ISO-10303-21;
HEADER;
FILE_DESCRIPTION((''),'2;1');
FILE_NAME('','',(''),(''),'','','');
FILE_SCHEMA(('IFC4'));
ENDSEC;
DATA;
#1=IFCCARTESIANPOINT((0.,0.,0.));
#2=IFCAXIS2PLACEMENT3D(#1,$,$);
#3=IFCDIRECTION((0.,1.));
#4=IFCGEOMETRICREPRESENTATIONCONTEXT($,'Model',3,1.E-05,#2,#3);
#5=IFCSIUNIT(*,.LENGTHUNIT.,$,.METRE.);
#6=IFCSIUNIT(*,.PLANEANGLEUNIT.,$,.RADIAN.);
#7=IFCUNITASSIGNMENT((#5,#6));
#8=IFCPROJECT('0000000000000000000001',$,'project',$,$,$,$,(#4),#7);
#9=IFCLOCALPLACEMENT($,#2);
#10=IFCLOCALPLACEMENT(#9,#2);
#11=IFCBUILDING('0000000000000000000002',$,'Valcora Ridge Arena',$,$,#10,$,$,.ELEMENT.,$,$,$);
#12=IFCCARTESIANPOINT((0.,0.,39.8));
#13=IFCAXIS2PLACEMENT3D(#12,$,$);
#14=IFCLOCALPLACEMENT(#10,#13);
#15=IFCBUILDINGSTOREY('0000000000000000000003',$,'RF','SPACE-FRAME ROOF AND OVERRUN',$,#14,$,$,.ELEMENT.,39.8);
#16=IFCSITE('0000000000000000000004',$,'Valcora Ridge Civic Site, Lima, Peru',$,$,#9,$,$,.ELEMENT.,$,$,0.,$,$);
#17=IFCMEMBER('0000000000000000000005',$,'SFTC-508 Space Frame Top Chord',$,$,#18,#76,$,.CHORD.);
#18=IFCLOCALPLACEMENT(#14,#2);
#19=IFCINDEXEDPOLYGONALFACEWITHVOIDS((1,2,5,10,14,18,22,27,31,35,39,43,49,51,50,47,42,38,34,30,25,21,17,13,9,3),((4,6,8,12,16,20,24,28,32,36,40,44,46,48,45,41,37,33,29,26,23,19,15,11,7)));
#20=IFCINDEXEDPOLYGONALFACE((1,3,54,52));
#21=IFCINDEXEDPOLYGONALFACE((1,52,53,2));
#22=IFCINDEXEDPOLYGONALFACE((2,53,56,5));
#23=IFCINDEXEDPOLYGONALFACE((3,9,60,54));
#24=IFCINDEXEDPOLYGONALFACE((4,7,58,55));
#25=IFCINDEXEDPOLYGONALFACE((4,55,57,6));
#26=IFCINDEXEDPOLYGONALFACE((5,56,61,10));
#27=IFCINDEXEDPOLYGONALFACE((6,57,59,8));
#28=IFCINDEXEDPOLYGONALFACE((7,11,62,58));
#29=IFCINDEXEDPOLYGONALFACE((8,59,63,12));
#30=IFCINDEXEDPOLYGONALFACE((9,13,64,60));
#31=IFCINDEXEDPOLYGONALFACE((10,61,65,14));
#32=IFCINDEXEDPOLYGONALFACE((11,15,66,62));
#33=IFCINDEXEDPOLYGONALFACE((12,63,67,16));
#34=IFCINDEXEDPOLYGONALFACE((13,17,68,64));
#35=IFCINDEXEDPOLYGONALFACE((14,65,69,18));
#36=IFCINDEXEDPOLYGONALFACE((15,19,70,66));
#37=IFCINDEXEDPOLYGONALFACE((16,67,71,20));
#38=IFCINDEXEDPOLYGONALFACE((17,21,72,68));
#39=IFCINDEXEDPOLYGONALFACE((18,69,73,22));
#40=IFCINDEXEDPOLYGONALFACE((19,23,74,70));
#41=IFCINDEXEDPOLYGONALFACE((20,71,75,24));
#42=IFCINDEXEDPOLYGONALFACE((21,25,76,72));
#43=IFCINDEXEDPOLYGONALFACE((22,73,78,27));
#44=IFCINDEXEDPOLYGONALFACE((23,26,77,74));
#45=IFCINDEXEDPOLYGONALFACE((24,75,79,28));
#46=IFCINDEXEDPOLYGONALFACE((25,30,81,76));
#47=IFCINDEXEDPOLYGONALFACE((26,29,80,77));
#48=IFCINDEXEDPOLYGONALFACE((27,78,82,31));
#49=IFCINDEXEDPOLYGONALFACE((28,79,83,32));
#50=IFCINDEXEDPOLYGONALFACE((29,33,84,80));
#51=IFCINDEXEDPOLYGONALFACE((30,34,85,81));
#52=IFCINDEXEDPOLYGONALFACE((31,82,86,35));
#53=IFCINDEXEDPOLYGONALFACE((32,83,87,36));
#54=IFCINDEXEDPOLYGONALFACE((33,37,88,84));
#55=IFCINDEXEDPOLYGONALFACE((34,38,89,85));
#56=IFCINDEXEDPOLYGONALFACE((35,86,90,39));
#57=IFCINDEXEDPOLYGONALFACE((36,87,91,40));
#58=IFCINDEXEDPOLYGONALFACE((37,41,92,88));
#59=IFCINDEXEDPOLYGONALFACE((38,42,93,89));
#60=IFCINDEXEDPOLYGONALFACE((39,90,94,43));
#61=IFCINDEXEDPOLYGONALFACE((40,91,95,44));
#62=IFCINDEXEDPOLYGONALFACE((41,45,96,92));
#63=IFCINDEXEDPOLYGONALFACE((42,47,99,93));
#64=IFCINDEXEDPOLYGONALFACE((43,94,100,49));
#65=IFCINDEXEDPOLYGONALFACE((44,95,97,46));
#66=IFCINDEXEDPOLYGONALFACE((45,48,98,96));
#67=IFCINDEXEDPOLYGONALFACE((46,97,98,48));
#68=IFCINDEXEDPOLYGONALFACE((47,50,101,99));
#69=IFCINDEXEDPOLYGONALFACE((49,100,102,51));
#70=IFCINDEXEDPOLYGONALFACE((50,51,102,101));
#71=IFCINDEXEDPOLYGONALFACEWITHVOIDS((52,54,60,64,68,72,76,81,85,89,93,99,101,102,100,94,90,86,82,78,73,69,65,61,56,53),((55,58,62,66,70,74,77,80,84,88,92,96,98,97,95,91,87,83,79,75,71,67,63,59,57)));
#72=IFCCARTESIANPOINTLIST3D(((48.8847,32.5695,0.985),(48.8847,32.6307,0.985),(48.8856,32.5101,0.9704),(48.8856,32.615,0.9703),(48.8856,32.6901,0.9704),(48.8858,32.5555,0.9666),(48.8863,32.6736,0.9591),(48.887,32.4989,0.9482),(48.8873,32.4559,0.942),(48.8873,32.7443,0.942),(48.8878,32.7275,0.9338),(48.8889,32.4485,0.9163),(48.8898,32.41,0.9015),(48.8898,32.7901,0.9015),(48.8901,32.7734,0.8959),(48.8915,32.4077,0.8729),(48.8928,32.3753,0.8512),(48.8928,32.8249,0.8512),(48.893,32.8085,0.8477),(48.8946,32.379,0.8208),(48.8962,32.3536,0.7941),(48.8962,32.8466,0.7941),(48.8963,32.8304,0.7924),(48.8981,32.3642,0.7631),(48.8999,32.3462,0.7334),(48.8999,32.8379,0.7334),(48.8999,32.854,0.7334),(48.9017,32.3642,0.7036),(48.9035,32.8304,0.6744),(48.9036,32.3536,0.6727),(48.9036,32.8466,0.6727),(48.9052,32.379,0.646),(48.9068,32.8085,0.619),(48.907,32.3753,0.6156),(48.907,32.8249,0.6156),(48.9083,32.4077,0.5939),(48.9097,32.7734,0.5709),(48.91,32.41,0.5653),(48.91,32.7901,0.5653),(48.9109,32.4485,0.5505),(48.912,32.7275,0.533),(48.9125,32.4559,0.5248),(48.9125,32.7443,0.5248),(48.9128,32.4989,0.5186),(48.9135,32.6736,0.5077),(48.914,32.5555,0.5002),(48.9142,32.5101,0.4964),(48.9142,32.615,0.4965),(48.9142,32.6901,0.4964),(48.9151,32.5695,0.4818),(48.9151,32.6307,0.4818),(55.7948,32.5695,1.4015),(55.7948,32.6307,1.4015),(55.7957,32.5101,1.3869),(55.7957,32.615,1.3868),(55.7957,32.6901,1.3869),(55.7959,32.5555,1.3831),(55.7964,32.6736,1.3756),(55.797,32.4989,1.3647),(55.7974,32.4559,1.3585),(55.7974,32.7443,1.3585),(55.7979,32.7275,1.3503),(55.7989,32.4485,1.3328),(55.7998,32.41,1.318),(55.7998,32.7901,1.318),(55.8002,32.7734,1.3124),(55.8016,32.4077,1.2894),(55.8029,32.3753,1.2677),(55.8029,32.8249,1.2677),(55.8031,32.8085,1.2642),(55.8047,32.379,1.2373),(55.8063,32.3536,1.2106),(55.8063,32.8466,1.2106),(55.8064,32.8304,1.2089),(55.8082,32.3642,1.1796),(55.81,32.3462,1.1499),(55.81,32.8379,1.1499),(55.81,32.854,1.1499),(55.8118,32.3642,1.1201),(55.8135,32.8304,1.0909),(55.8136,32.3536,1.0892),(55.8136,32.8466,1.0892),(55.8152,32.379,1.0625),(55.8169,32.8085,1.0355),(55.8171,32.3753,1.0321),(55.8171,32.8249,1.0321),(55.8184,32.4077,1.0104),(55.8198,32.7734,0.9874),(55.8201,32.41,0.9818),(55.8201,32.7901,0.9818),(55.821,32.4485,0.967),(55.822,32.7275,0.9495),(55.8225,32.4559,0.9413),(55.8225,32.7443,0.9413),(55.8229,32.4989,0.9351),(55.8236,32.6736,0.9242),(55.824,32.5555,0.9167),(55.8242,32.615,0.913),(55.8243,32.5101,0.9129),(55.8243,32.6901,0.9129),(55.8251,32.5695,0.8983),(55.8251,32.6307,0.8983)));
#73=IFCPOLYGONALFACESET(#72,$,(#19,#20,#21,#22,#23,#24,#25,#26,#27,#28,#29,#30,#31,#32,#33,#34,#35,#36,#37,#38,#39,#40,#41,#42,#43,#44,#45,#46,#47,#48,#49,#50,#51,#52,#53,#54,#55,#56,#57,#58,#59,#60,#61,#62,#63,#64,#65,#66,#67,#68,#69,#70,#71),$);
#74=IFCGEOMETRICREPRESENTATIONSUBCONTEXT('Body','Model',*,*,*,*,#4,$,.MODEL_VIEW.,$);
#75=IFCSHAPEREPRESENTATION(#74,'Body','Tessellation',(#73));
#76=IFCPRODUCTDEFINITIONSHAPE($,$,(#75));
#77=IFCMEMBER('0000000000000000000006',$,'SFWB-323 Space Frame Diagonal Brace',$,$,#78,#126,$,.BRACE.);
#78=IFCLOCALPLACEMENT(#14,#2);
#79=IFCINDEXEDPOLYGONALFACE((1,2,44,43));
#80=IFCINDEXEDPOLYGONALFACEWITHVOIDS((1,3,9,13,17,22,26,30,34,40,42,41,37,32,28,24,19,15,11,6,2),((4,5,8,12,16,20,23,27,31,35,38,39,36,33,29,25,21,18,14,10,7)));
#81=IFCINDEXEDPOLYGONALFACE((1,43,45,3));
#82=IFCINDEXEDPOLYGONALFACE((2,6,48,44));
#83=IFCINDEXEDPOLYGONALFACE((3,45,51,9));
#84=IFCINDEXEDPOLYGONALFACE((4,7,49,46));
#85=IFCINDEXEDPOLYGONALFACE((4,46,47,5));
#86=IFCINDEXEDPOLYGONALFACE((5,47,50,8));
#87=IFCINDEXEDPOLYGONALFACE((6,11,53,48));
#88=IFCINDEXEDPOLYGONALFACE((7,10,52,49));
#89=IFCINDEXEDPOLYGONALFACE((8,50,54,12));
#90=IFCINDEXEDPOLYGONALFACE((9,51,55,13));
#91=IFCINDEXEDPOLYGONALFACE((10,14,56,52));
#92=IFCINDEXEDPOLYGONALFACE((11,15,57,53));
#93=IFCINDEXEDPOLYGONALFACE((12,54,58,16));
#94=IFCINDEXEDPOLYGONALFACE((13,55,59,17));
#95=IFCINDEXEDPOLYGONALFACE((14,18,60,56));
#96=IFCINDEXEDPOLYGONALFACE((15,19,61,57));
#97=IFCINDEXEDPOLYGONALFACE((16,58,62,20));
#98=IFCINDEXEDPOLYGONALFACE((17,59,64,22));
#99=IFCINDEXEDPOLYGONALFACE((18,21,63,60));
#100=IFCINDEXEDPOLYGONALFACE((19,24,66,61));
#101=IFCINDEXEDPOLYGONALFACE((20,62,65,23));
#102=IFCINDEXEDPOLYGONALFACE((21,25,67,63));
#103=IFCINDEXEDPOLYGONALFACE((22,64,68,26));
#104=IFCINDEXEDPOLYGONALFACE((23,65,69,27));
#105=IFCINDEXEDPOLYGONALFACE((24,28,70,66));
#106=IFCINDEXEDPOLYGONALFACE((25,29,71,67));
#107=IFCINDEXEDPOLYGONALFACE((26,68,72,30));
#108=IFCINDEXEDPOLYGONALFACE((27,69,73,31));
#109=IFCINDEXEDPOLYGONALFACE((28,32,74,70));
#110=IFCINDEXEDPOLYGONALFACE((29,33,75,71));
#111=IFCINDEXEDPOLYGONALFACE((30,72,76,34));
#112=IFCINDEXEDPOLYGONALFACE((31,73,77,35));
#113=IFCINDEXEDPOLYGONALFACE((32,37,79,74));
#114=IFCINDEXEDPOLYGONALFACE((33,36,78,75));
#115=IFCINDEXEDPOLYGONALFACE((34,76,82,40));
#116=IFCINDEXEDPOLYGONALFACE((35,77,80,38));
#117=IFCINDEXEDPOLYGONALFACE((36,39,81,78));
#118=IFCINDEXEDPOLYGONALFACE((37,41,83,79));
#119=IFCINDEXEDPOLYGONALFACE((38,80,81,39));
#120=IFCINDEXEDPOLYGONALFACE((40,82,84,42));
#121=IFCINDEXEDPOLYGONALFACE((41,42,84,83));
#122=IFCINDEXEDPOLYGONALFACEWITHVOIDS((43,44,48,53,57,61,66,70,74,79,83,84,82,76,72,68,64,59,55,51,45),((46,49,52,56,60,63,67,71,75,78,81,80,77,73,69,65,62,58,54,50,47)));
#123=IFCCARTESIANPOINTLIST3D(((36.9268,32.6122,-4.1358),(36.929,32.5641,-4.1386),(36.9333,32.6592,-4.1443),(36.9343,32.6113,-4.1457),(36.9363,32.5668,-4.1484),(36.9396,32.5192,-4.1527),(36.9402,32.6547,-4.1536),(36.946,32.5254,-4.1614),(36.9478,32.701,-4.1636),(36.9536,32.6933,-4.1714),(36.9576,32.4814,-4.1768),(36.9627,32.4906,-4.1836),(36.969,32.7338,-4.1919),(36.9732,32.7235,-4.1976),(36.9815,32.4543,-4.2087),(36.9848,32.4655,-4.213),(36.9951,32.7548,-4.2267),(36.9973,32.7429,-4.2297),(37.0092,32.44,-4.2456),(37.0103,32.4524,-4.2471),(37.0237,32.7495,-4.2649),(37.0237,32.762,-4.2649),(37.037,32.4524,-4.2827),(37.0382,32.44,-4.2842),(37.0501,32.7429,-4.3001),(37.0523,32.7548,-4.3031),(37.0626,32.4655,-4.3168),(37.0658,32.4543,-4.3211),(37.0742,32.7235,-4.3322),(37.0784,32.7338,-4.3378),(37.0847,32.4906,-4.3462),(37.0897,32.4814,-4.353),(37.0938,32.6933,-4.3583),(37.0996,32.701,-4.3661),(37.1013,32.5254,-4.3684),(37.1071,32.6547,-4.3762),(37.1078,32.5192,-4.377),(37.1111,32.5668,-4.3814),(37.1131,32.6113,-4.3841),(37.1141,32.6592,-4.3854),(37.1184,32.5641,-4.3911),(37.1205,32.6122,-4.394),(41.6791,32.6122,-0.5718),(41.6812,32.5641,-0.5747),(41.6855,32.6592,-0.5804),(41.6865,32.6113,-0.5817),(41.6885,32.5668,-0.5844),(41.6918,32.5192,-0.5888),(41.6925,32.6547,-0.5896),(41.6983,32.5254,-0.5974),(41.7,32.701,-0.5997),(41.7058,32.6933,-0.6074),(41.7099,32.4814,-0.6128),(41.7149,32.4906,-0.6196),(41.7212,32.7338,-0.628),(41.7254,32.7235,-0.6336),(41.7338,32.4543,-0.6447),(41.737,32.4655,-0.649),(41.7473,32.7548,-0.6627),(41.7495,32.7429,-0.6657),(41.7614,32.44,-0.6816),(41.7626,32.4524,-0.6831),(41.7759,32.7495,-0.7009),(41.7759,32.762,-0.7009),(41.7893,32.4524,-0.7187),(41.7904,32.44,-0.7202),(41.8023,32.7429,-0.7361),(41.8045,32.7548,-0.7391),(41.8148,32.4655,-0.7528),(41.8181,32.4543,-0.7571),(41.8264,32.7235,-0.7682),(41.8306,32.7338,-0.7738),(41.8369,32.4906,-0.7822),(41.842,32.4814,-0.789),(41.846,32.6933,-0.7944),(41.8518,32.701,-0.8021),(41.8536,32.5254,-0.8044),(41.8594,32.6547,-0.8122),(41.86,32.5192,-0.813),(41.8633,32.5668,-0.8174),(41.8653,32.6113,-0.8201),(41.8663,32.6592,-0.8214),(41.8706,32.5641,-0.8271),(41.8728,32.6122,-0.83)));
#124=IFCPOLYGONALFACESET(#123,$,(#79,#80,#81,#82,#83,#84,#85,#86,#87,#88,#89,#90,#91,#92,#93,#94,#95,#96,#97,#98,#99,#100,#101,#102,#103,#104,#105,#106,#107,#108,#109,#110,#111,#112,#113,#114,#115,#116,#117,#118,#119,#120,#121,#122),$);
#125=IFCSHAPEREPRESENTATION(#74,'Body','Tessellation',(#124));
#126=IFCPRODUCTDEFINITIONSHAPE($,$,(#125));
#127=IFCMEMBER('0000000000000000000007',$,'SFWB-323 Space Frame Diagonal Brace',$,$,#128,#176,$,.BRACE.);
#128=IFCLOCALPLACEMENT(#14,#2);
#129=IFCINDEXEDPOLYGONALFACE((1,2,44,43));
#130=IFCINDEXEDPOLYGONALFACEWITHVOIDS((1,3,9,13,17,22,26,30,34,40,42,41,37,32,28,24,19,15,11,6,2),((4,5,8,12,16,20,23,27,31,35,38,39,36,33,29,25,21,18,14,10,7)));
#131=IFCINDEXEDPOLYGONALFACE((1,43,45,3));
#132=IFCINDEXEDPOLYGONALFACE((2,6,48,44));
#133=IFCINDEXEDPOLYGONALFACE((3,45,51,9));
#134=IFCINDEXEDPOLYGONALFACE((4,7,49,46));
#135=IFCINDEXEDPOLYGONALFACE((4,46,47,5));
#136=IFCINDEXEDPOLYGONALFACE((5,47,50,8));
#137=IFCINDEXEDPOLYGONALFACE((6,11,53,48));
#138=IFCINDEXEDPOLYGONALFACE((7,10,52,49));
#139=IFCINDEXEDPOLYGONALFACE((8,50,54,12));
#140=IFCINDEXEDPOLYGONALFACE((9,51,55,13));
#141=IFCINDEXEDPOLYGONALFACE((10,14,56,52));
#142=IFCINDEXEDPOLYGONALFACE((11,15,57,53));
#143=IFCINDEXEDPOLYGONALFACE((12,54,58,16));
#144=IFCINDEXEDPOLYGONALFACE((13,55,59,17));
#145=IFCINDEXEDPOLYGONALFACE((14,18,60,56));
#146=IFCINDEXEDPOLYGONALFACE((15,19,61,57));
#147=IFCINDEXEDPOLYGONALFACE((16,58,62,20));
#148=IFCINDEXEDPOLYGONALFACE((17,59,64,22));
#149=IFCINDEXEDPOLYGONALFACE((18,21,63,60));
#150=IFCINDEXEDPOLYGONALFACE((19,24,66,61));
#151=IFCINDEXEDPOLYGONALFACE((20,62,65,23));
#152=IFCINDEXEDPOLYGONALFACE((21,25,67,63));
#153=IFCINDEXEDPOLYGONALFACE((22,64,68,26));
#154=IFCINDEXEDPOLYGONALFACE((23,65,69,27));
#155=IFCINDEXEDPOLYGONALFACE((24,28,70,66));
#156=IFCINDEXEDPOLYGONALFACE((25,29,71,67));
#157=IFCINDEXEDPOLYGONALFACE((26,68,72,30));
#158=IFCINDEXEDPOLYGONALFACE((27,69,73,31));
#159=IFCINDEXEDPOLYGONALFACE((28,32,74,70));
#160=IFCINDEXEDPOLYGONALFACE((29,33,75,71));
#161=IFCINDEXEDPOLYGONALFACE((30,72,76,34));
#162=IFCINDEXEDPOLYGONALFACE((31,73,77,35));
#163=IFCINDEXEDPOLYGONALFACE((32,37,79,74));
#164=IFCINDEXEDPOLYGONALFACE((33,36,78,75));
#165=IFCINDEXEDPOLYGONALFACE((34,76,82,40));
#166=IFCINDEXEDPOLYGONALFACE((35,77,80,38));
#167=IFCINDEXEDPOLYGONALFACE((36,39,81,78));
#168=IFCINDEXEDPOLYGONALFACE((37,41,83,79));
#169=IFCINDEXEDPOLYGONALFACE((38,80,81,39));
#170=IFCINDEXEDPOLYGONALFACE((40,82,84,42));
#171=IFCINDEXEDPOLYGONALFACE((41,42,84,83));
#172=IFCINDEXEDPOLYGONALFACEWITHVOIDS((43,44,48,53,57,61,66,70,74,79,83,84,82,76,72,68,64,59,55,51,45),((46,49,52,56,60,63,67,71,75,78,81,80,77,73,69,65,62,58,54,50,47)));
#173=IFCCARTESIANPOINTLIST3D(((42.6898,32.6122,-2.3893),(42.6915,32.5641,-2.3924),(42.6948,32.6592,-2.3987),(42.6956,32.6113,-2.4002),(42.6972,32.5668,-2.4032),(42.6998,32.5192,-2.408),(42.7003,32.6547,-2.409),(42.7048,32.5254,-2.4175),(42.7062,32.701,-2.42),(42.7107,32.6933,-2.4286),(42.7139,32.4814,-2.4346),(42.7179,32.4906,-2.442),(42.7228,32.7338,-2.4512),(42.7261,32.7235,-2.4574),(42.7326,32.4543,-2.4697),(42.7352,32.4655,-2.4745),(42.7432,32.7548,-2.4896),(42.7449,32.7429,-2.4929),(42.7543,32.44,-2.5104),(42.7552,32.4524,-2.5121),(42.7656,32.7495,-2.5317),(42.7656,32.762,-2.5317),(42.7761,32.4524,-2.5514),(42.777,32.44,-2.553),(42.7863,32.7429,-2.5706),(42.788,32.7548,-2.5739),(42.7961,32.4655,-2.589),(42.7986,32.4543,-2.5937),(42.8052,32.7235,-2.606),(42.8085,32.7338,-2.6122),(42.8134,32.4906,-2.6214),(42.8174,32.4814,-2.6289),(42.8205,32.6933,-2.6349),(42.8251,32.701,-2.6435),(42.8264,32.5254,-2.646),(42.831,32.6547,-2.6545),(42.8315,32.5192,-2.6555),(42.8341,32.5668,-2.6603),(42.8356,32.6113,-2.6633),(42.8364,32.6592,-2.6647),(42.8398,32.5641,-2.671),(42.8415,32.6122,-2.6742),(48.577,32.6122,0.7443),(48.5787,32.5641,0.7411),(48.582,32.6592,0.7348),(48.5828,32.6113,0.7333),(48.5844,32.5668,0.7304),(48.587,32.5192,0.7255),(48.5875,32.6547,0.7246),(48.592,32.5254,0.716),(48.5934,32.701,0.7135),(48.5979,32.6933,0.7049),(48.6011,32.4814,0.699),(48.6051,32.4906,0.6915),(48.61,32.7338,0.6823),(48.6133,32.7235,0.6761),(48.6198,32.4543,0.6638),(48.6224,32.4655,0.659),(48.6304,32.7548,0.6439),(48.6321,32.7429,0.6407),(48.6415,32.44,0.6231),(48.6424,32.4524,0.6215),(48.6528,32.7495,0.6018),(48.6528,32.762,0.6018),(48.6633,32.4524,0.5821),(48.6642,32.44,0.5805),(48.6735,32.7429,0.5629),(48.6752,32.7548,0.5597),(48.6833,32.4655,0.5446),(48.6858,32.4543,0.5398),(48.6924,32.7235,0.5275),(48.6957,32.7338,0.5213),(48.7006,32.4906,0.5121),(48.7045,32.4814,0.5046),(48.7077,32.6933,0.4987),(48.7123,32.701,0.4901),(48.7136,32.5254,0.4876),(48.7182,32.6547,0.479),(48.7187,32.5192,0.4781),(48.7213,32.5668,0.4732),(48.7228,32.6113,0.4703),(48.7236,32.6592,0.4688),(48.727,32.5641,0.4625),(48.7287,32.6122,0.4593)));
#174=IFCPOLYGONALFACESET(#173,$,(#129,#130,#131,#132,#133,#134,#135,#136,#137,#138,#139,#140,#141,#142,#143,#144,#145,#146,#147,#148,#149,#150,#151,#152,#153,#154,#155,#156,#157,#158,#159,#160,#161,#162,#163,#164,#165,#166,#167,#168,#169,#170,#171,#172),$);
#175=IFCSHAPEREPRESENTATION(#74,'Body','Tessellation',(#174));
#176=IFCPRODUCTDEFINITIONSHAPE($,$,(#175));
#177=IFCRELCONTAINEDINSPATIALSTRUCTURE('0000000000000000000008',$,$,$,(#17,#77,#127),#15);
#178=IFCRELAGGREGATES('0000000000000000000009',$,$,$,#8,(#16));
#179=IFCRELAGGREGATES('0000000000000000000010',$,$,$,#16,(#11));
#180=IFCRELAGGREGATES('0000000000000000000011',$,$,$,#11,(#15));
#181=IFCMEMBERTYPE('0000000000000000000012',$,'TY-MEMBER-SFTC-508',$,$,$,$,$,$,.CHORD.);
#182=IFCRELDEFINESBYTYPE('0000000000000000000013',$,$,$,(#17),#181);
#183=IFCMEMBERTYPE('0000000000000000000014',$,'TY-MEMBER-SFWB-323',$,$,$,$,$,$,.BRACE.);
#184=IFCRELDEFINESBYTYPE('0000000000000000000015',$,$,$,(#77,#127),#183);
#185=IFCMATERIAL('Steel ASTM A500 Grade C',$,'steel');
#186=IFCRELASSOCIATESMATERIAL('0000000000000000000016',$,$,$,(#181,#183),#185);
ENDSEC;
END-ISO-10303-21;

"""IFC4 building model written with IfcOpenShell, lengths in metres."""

from ifc_helpers import new_model, si_unit, direction, frame, origin, origin_2d, place, context, subcontext, project, spatial, hollow_circle, extrude, material, material_profile, profile_set, type_object, element, save


model = new_model("IFC4")

# Units and contexts
model_context = context("Model", 3, precision=1e-05, world=origin(), true_north=direction((0.0, 1.0)))
body_context = subcontext(model_context, "Body", "Model", "MODEL_VIEW")
ifc_project = project(units=[si_unit("LENGTHUNIT", "METRE"), si_unit("PLANEANGLEUNIT", "RADIAN")], contexts=[model_context])

# Site, building, storey
site_placement = place(None, origin())
site = spatial("IfcSite", under=ifc_project, at=site_placement, Name="Valcora Ridge Civic Site, Lima, Peru", CompositionType="ELEMENT", RefElevation=0.0)
building_placement = place(site_placement, origin())
building = spatial("IfcBuilding", under=site, at=building_placement, Name="Valcora Ridge Arena", CompositionType="ELEMENT")
storey_placement = place(building_placement, frame((0.0, 0.0, 39.8)))
storey = spatial("IfcBuildingStorey", under=building, at=storey_placement, Name="RF", Description="SPACE-FRAME ROOF AND OVERRUN", CompositionType="ELEMENT", Elevation=39.8)

# Members
ifc_material_1 = material(Name="Steel ASTM A500 Grade C", Category="steel")
ifc_material_profile_1 = material_profile(ifc_material_1, hollow_circle(Radius=0.2539, WallThickness=0.0161, at=origin_2d()), Name="CHS508X16")
ifc_profile_set_1 = profile_set([ifc_material_profile_1], Name="Steel ASTM A500 Grade C")
member_type_1 = type_object("IfcMemberType", Name="TY-MEMBER-SFTC-508", PredefinedType="CHORD", material=ifc_profile_set_1)
member_1_placement = place(storey_placement, frame((48.8999, 32.6001, 0.7334), z_axis=(0.998188, 0.0, 0.060165), x_axis=(0.0, 1.0, 0.0)))
element("IfcMember", 1, at=member_1_placement, inside=storey, type_object=member_type_1, Name="SFTC-508 Space Frame Top Chord", PredefinedType="CHORD", context=body_context, shape_type="SweptSolid", body=[
    extrude(hollow_circle(Radius=0.2539, WallThickness=0.0161, at=origin_2d()), origin(), (0.0, 0.0, 1.0), 6.9226),
])
ifc_material_profile_2 = material_profile(ifc_material_1, hollow_circle(Radius=0.1619, WallThickness=0.0125, at=origin_2d()), Name="CHS323X12")
ifc_profile_set_2 = profile_set([ifc_material_profile_2], Name="Steel ASTM A500 Grade C")
member_type_2 = type_object("IfcMemberType", Name="TY-MEMBER-SFWB-323", PredefinedType="BRACE", material=ifc_profile_set_2)
member_2_placement = place(storey_placement, frame((37.0237, 32.6001, -4.2649), z_axis=(0.800015, 0.0, 0.59998), x_axis=(0.0, 1.0, 0.0)))
element("IfcMember", 2, at=member_2_placement, inside=storey, type_object=member_type_2, Name="SFWB-323 Space Frame Diagonal Brace", PredefinedType="BRACE", context=body_context, shape_type="SweptSolid", body=[
    extrude(hollow_circle(Radius=0.1619, WallThickness=0.0125, at=origin_2d()), origin(), (0.0, 0.0, 1.0), 5.9402),
])
member_3_placement = place(storey_placement, frame((42.7656, 32.6001, -2.5317), z_axis=(0.882745, 0.0, 0.469853), x_axis=(0.0, 1.0, 0.0)))
element("IfcMember", 3, at=member_3_placement, inside=storey, type_object=member_type_2, Name="SFWB-323 Space Frame Diagonal Brace", PredefinedType="BRACE", context=body_context, shape_type="SweptSolid", body=[
    extrude(hollow_circle(Radius=0.1619, WallThickness=0.0125, at=origin_2d()), origin(), (0.0, 0.0, 1.0), 6.6692),
])

save(model, "model.ifc")
